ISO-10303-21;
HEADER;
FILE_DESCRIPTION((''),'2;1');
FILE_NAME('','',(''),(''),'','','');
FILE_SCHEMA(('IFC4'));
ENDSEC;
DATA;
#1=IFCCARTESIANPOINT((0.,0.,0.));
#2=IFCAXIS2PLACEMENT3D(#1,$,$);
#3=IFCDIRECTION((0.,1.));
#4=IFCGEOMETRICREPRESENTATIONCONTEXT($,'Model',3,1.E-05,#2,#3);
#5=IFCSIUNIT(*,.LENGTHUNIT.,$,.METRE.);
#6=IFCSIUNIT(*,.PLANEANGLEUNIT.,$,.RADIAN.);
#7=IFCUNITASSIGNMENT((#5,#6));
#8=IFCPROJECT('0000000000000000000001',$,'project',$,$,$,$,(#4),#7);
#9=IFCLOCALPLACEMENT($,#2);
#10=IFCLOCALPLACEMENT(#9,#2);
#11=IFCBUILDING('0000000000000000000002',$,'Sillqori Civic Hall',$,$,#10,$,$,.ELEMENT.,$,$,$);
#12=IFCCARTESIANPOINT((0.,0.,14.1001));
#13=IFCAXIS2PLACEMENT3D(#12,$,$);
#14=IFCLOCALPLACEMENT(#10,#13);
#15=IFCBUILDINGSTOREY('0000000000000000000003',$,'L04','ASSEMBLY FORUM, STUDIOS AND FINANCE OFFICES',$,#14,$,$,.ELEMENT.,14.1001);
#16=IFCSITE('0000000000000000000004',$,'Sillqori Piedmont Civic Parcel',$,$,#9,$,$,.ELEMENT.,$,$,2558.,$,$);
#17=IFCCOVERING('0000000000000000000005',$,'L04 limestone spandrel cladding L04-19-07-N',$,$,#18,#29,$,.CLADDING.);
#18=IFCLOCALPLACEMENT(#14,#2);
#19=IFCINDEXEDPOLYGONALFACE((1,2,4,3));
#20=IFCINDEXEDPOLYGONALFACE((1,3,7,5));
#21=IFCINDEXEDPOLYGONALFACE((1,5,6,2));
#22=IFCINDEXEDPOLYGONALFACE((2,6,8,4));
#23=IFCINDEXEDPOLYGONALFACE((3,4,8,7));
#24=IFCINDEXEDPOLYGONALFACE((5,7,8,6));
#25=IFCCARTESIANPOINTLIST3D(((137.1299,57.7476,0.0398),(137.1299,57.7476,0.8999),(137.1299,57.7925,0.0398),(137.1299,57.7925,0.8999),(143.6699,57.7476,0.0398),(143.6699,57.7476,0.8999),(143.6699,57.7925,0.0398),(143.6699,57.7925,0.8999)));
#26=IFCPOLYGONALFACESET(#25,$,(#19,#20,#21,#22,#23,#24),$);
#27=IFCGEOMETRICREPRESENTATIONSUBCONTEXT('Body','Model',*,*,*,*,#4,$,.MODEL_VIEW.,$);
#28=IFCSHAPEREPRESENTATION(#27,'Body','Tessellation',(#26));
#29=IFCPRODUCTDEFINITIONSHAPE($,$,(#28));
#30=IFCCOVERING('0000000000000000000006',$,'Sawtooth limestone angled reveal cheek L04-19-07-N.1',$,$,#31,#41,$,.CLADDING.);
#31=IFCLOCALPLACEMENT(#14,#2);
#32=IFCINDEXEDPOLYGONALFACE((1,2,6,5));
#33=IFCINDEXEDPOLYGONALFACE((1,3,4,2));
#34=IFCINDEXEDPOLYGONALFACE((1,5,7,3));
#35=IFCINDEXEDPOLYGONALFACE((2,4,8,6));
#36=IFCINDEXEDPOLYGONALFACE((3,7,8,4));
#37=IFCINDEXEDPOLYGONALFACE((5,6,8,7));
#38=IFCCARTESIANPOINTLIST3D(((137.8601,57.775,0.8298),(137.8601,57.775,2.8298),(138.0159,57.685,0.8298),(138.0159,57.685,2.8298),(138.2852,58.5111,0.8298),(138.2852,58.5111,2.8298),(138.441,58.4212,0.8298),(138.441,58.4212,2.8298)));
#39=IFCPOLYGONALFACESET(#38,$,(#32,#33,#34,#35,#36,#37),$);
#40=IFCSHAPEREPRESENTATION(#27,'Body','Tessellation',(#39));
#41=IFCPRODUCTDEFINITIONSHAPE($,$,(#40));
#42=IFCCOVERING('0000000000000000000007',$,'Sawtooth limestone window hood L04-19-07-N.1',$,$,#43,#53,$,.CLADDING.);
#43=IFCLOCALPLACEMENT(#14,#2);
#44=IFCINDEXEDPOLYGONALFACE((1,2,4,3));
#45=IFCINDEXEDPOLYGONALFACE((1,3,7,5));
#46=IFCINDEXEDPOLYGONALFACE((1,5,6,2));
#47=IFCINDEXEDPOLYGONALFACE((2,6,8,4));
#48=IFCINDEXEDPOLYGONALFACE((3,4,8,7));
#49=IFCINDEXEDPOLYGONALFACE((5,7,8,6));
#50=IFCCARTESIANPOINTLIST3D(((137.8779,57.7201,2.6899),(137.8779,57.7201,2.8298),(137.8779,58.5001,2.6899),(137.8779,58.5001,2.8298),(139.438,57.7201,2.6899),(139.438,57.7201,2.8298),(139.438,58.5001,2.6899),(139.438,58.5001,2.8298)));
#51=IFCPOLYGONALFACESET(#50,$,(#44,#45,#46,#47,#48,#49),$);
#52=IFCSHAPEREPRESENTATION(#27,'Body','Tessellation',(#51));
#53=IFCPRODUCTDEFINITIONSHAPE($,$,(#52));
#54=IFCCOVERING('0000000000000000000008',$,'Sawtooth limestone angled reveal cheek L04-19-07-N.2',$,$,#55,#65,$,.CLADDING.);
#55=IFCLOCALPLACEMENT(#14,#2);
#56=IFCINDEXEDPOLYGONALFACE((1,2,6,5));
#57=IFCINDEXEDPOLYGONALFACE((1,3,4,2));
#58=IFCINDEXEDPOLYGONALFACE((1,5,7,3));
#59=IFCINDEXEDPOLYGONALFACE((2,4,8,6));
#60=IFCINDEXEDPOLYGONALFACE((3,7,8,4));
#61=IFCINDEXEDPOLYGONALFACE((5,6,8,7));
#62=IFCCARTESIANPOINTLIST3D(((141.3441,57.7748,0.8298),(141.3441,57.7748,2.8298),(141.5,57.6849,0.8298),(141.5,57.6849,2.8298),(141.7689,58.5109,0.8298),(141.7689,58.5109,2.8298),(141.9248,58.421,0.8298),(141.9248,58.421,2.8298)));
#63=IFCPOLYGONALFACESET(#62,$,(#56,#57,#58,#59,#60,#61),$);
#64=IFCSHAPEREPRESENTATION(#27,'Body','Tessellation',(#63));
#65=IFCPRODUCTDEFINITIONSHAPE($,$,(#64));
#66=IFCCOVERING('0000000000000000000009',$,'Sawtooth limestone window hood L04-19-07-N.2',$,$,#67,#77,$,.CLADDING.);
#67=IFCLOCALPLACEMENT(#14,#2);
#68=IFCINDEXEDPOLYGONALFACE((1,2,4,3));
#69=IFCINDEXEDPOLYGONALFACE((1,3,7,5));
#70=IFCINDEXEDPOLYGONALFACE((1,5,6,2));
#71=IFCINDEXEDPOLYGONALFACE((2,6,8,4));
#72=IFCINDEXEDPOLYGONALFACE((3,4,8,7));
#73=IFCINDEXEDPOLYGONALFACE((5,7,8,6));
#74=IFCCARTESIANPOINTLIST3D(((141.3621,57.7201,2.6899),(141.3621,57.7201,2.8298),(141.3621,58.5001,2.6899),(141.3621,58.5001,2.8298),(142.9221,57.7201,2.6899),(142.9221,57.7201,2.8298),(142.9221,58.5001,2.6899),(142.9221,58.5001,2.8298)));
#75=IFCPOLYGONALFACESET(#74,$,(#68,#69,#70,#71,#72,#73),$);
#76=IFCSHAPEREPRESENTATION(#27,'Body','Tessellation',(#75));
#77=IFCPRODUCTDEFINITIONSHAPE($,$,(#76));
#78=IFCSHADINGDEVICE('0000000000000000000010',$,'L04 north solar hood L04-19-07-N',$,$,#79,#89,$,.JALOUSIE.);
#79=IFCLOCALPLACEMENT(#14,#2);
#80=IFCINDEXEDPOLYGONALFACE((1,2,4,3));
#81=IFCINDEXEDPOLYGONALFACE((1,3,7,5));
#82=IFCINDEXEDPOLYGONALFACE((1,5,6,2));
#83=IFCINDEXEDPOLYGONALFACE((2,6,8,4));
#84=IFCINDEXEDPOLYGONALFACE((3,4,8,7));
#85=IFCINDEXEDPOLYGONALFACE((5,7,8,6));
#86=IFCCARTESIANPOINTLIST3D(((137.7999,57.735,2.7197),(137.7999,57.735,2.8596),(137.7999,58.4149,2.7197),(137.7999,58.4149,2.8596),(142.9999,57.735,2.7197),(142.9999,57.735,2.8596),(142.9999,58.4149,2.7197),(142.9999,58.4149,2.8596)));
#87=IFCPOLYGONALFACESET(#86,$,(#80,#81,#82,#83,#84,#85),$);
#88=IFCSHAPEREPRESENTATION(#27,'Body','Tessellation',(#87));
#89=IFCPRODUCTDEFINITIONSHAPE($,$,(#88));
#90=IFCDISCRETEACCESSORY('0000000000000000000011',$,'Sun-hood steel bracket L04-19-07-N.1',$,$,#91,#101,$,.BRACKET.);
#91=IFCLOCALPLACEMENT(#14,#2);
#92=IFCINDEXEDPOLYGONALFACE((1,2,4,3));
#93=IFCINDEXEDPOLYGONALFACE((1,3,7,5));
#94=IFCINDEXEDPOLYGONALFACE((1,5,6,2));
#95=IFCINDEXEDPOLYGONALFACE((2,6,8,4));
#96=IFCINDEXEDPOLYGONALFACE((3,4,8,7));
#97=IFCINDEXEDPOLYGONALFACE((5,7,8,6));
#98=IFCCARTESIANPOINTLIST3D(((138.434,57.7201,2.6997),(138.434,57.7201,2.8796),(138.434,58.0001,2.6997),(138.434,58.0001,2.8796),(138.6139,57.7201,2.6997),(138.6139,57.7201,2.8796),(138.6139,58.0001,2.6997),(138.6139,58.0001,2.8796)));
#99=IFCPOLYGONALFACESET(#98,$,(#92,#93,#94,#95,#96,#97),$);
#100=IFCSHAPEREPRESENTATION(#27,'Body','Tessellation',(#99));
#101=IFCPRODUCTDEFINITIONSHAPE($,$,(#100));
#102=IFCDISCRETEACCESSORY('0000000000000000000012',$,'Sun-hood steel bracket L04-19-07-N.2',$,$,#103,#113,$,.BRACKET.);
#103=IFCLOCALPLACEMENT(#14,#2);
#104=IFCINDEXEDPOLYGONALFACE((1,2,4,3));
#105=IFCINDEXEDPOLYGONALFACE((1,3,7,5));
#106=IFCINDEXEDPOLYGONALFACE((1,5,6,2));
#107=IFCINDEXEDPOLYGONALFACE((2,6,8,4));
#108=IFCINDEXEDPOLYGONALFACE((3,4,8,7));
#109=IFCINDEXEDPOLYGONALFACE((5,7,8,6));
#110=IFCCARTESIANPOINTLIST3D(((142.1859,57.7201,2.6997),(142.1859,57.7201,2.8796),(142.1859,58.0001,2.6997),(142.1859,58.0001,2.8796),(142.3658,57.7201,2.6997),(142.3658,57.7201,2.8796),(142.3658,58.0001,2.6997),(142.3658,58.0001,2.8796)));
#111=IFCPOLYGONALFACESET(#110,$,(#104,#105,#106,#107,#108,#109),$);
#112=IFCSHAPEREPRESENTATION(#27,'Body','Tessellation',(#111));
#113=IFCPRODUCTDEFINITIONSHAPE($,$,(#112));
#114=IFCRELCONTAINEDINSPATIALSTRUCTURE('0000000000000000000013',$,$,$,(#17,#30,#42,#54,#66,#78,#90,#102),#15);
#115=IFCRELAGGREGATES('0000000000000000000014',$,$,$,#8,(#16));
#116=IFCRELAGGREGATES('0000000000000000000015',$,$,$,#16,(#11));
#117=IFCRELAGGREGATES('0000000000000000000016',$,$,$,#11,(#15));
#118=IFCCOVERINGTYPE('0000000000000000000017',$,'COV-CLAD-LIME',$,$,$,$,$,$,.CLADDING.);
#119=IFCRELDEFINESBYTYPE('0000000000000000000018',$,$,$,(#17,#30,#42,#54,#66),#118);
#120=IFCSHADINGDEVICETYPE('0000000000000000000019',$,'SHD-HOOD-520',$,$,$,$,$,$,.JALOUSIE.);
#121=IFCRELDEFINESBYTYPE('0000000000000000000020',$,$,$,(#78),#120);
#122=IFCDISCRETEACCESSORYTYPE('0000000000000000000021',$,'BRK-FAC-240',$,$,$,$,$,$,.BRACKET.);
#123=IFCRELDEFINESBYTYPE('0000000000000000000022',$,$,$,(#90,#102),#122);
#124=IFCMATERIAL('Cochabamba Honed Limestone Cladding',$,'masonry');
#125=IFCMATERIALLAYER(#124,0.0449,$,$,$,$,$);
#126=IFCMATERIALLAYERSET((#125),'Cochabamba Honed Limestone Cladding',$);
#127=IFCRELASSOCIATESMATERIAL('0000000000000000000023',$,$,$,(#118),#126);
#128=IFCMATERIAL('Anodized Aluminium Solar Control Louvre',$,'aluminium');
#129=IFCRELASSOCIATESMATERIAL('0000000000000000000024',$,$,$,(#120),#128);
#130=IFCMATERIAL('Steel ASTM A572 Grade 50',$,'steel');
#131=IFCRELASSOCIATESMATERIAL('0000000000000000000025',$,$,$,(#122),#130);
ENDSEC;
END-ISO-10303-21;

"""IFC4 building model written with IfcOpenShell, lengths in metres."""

from ifc_helpers import new_model, si_unit, direction, frame, frame_2d, origin, origin_2d, place, context, subcontext, project, spatial, rectangle, extrude, material, layer, layer_set, type_object, element, save


model = new_model("IFC4")

# Units and contexts
model_context = context("Model", 3, precision=1e-05, world=origin(), true_north=direction((0.0, 1.0)))
body_context = subcontext(model_context, "Body", "Model", "MODEL_VIEW")
ifc_project = project(units=[si_unit("LENGTHUNIT", "METRE"), si_unit("PLANEANGLEUNIT", "RADIAN")], contexts=[model_context])

# Site, building, storey
site_placement = place(None, origin())
site = spatial("IfcSite", under=ifc_project, at=site_placement, Name="Sillqori Piedmont Civic Parcel", CompositionType="ELEMENT", RefElevation=2558.0)
building_placement = place(site_placement, origin())
building = spatial("IfcBuilding", under=site, at=building_placement, Name="Sillqori Civic Hall", CompositionType="ELEMENT")
storey_placement = place(building_placement, frame((0.0, 0.0, 14.1001)))
storey = spatial("IfcBuildingStorey", under=building, at=storey_placement, Name="L04", Description="ASSEMBLY FORUM, STUDIOS AND FINANCE OFFICES", CompositionType="ELEMENT", Elevation=14.1001)

# Coverings
ifc_material_1 = material(Name="Cochabamba Honed Limestone Cladding", Category="masonry")
ifc_layer_1 = layer(ifc_material_1, 0.0449)
ifc_layer_set_1 = layer_set([ifc_layer_1], Name="Cochabamba Honed Limestone Cladding")
covering_type = type_object("IfcCoveringType", Name="COV-CLAD-LIME", PredefinedType="CLADDING", material=ifc_layer_set_1)
covering_1_placement = place(storey_placement, frame((137.1299, 57.77, 0.0398), z_axis=(0.0, 0.0, 1.0), x_axis=(1.0, 0.0, 0.0)))
element("IfcCovering", 1, at=covering_1_placement, inside=storey, type_object=covering_type, Name="L04 limestone spandrel cladding L04-19-07-N", PredefinedType="CLADDING", context=body_context, shape_type="SweptSolid", body=[
    extrude(rectangle(XDim=6.54, YDim=0.0449, at=frame_2d((3.27, 0.0))), origin(), (0.0, 0.0, 1.0), 0.8601),
])
covering_2_placement = place(storey_placement, frame((137.938, 57.73, 0.8298), z_axis=(0.0, 0.0, 1.0), x_axis=(0.500062, 0.865989, 0.0)))
element("IfcCovering", 2, at=covering_2_placement, inside=storey, type_object=covering_type, Name="Sawtooth limestone angled reveal cheek L04-19-07-N.1", PredefinedType="CLADDING", context=body_context, shape_type="SweptSolid", body=[
    extrude(rectangle(XDim=0.8501, YDim=0.1799, at=frame_2d((0.425, 0.0))), origin(), (0.0, 0.0, 1.0), 2.0),
])
covering_3_placement = place(storey_placement, frame((137.8779, 58.1101, 2.6899), z_axis=(0.0, 0.0, 1.0), x_axis=(1.0, 0.0, 0.0)))
element("IfcCovering", 3, at=covering_3_placement, inside=storey, type_object=covering_type, Name="Sawtooth limestone window hood L04-19-07-N.1", PredefinedType="CLADDING", context=body_context, shape_type="SweptSolid", body=[
    extrude(rectangle(XDim=1.5601, YDim=0.78, at=frame_2d((0.78, 0.0))), origin(), (0.0, 0.0, 1.0), 0.1399),
])
covering_4_placement = place(storey_placement, frame((141.4221, 57.73, 0.8298), z_axis=(0.0, 0.0, 1.0), x_axis=(0.499847, 0.866114, 0.0)))
element("IfcCovering", 4, at=covering_4_placement, inside=storey, type_object=covering_type, Name="Sawtooth limestone angled reveal cheek L04-19-07-N.2", PredefinedType="CLADDING", context=body_context, shape_type="SweptSolid", body=[
    extrude(rectangle(XDim=0.8499, YDim=0.1799, at=frame_2d((0.4248, 0.0))), origin(), (0.0, 0.0, 1.0), 2.0),
])
covering_5_placement = place(storey_placement, frame((141.3621, 58.1101, 2.6899), z_axis=(0.0, 0.0, 1.0), x_axis=(1.0, 0.0, 0.0)))
element("IfcCovering", 5, at=covering_5_placement, inside=storey, type_object=covering_type, Name="Sawtooth limestone window hood L04-19-07-N.2", PredefinedType="CLADDING", context=body_context, shape_type="SweptSolid", body=[
    extrude(rectangle(XDim=1.5601, YDim=0.78, at=frame_2d((0.78, 0.0))), origin(), (0.0, 0.0, 1.0), 0.1399),
])

# Shading device
ifc_material_2 = material(Name="Anodized Aluminium Solar Control Louvre", Category="aluminium")
shading_device_type = type_object("IfcShadingDeviceType", Name="SHD-HOOD-520", PredefinedType="JALOUSIE", material=ifc_material_2)
shading_device_placement = place(storey_placement, frame((140.3999, 58.075, 2.7197), z_axis=(0.0, 0.0, 1.0), x_axis=(1.0, 0.0, 0.0)))
element("IfcShadingDevice", 6, at=shading_device_placement, inside=storey, type_object=shading_device_type, Name="L04 north solar hood L04-19-07-N", PredefinedType="JALOUSIE", context=body_context, shape_type="SweptSolid", body=[
    extrude(rectangle(XDim=5.2, YDim=0.6799, at=origin_2d()), origin(), (0.0, 0.0, 1.0), 0.1399),
])

# Discrete accessories
ifc_material_3 = material(Name="Steel ASTM A572 Grade 50", Category="steel")
discrete_accessory_type = type_object("IfcDiscreteAccessoryType", Name="BRK-FAC-240", PredefinedType="BRACKET", material=ifc_material_3)
for number, where, z_axis, x_axis, name in (
    (7, (138.5239, 57.8601, 2.6997), (0.0, 0.0, 1.0), (1.0, 0.0, 0.0), "Sun-hood steel bracket L04-19-07-N.1"),
    (8, (142.2759, 57.8601, 2.6997), (0.0, 0.0, 1.0), (1.0, 0.0, 0.0), "Sun-hood steel bracket L04-19-07-N.2"),
):
    element("IfcDiscreteAccessory", number, at=place(storey_placement, frame(where, z_axis=z_axis, x_axis=x_axis)), inside=storey, type_object=discrete_accessory_type, Name=name, PredefinedType="BRACKET", context=body_context, shape_type="SweptSolid", body=[
        extrude(rectangle(XDim=0.1799, YDim=0.28, at=origin_2d()), origin(), (0.0, 0.0, 1.0), 0.1799),
    ])

save(model, "model.ifc")
